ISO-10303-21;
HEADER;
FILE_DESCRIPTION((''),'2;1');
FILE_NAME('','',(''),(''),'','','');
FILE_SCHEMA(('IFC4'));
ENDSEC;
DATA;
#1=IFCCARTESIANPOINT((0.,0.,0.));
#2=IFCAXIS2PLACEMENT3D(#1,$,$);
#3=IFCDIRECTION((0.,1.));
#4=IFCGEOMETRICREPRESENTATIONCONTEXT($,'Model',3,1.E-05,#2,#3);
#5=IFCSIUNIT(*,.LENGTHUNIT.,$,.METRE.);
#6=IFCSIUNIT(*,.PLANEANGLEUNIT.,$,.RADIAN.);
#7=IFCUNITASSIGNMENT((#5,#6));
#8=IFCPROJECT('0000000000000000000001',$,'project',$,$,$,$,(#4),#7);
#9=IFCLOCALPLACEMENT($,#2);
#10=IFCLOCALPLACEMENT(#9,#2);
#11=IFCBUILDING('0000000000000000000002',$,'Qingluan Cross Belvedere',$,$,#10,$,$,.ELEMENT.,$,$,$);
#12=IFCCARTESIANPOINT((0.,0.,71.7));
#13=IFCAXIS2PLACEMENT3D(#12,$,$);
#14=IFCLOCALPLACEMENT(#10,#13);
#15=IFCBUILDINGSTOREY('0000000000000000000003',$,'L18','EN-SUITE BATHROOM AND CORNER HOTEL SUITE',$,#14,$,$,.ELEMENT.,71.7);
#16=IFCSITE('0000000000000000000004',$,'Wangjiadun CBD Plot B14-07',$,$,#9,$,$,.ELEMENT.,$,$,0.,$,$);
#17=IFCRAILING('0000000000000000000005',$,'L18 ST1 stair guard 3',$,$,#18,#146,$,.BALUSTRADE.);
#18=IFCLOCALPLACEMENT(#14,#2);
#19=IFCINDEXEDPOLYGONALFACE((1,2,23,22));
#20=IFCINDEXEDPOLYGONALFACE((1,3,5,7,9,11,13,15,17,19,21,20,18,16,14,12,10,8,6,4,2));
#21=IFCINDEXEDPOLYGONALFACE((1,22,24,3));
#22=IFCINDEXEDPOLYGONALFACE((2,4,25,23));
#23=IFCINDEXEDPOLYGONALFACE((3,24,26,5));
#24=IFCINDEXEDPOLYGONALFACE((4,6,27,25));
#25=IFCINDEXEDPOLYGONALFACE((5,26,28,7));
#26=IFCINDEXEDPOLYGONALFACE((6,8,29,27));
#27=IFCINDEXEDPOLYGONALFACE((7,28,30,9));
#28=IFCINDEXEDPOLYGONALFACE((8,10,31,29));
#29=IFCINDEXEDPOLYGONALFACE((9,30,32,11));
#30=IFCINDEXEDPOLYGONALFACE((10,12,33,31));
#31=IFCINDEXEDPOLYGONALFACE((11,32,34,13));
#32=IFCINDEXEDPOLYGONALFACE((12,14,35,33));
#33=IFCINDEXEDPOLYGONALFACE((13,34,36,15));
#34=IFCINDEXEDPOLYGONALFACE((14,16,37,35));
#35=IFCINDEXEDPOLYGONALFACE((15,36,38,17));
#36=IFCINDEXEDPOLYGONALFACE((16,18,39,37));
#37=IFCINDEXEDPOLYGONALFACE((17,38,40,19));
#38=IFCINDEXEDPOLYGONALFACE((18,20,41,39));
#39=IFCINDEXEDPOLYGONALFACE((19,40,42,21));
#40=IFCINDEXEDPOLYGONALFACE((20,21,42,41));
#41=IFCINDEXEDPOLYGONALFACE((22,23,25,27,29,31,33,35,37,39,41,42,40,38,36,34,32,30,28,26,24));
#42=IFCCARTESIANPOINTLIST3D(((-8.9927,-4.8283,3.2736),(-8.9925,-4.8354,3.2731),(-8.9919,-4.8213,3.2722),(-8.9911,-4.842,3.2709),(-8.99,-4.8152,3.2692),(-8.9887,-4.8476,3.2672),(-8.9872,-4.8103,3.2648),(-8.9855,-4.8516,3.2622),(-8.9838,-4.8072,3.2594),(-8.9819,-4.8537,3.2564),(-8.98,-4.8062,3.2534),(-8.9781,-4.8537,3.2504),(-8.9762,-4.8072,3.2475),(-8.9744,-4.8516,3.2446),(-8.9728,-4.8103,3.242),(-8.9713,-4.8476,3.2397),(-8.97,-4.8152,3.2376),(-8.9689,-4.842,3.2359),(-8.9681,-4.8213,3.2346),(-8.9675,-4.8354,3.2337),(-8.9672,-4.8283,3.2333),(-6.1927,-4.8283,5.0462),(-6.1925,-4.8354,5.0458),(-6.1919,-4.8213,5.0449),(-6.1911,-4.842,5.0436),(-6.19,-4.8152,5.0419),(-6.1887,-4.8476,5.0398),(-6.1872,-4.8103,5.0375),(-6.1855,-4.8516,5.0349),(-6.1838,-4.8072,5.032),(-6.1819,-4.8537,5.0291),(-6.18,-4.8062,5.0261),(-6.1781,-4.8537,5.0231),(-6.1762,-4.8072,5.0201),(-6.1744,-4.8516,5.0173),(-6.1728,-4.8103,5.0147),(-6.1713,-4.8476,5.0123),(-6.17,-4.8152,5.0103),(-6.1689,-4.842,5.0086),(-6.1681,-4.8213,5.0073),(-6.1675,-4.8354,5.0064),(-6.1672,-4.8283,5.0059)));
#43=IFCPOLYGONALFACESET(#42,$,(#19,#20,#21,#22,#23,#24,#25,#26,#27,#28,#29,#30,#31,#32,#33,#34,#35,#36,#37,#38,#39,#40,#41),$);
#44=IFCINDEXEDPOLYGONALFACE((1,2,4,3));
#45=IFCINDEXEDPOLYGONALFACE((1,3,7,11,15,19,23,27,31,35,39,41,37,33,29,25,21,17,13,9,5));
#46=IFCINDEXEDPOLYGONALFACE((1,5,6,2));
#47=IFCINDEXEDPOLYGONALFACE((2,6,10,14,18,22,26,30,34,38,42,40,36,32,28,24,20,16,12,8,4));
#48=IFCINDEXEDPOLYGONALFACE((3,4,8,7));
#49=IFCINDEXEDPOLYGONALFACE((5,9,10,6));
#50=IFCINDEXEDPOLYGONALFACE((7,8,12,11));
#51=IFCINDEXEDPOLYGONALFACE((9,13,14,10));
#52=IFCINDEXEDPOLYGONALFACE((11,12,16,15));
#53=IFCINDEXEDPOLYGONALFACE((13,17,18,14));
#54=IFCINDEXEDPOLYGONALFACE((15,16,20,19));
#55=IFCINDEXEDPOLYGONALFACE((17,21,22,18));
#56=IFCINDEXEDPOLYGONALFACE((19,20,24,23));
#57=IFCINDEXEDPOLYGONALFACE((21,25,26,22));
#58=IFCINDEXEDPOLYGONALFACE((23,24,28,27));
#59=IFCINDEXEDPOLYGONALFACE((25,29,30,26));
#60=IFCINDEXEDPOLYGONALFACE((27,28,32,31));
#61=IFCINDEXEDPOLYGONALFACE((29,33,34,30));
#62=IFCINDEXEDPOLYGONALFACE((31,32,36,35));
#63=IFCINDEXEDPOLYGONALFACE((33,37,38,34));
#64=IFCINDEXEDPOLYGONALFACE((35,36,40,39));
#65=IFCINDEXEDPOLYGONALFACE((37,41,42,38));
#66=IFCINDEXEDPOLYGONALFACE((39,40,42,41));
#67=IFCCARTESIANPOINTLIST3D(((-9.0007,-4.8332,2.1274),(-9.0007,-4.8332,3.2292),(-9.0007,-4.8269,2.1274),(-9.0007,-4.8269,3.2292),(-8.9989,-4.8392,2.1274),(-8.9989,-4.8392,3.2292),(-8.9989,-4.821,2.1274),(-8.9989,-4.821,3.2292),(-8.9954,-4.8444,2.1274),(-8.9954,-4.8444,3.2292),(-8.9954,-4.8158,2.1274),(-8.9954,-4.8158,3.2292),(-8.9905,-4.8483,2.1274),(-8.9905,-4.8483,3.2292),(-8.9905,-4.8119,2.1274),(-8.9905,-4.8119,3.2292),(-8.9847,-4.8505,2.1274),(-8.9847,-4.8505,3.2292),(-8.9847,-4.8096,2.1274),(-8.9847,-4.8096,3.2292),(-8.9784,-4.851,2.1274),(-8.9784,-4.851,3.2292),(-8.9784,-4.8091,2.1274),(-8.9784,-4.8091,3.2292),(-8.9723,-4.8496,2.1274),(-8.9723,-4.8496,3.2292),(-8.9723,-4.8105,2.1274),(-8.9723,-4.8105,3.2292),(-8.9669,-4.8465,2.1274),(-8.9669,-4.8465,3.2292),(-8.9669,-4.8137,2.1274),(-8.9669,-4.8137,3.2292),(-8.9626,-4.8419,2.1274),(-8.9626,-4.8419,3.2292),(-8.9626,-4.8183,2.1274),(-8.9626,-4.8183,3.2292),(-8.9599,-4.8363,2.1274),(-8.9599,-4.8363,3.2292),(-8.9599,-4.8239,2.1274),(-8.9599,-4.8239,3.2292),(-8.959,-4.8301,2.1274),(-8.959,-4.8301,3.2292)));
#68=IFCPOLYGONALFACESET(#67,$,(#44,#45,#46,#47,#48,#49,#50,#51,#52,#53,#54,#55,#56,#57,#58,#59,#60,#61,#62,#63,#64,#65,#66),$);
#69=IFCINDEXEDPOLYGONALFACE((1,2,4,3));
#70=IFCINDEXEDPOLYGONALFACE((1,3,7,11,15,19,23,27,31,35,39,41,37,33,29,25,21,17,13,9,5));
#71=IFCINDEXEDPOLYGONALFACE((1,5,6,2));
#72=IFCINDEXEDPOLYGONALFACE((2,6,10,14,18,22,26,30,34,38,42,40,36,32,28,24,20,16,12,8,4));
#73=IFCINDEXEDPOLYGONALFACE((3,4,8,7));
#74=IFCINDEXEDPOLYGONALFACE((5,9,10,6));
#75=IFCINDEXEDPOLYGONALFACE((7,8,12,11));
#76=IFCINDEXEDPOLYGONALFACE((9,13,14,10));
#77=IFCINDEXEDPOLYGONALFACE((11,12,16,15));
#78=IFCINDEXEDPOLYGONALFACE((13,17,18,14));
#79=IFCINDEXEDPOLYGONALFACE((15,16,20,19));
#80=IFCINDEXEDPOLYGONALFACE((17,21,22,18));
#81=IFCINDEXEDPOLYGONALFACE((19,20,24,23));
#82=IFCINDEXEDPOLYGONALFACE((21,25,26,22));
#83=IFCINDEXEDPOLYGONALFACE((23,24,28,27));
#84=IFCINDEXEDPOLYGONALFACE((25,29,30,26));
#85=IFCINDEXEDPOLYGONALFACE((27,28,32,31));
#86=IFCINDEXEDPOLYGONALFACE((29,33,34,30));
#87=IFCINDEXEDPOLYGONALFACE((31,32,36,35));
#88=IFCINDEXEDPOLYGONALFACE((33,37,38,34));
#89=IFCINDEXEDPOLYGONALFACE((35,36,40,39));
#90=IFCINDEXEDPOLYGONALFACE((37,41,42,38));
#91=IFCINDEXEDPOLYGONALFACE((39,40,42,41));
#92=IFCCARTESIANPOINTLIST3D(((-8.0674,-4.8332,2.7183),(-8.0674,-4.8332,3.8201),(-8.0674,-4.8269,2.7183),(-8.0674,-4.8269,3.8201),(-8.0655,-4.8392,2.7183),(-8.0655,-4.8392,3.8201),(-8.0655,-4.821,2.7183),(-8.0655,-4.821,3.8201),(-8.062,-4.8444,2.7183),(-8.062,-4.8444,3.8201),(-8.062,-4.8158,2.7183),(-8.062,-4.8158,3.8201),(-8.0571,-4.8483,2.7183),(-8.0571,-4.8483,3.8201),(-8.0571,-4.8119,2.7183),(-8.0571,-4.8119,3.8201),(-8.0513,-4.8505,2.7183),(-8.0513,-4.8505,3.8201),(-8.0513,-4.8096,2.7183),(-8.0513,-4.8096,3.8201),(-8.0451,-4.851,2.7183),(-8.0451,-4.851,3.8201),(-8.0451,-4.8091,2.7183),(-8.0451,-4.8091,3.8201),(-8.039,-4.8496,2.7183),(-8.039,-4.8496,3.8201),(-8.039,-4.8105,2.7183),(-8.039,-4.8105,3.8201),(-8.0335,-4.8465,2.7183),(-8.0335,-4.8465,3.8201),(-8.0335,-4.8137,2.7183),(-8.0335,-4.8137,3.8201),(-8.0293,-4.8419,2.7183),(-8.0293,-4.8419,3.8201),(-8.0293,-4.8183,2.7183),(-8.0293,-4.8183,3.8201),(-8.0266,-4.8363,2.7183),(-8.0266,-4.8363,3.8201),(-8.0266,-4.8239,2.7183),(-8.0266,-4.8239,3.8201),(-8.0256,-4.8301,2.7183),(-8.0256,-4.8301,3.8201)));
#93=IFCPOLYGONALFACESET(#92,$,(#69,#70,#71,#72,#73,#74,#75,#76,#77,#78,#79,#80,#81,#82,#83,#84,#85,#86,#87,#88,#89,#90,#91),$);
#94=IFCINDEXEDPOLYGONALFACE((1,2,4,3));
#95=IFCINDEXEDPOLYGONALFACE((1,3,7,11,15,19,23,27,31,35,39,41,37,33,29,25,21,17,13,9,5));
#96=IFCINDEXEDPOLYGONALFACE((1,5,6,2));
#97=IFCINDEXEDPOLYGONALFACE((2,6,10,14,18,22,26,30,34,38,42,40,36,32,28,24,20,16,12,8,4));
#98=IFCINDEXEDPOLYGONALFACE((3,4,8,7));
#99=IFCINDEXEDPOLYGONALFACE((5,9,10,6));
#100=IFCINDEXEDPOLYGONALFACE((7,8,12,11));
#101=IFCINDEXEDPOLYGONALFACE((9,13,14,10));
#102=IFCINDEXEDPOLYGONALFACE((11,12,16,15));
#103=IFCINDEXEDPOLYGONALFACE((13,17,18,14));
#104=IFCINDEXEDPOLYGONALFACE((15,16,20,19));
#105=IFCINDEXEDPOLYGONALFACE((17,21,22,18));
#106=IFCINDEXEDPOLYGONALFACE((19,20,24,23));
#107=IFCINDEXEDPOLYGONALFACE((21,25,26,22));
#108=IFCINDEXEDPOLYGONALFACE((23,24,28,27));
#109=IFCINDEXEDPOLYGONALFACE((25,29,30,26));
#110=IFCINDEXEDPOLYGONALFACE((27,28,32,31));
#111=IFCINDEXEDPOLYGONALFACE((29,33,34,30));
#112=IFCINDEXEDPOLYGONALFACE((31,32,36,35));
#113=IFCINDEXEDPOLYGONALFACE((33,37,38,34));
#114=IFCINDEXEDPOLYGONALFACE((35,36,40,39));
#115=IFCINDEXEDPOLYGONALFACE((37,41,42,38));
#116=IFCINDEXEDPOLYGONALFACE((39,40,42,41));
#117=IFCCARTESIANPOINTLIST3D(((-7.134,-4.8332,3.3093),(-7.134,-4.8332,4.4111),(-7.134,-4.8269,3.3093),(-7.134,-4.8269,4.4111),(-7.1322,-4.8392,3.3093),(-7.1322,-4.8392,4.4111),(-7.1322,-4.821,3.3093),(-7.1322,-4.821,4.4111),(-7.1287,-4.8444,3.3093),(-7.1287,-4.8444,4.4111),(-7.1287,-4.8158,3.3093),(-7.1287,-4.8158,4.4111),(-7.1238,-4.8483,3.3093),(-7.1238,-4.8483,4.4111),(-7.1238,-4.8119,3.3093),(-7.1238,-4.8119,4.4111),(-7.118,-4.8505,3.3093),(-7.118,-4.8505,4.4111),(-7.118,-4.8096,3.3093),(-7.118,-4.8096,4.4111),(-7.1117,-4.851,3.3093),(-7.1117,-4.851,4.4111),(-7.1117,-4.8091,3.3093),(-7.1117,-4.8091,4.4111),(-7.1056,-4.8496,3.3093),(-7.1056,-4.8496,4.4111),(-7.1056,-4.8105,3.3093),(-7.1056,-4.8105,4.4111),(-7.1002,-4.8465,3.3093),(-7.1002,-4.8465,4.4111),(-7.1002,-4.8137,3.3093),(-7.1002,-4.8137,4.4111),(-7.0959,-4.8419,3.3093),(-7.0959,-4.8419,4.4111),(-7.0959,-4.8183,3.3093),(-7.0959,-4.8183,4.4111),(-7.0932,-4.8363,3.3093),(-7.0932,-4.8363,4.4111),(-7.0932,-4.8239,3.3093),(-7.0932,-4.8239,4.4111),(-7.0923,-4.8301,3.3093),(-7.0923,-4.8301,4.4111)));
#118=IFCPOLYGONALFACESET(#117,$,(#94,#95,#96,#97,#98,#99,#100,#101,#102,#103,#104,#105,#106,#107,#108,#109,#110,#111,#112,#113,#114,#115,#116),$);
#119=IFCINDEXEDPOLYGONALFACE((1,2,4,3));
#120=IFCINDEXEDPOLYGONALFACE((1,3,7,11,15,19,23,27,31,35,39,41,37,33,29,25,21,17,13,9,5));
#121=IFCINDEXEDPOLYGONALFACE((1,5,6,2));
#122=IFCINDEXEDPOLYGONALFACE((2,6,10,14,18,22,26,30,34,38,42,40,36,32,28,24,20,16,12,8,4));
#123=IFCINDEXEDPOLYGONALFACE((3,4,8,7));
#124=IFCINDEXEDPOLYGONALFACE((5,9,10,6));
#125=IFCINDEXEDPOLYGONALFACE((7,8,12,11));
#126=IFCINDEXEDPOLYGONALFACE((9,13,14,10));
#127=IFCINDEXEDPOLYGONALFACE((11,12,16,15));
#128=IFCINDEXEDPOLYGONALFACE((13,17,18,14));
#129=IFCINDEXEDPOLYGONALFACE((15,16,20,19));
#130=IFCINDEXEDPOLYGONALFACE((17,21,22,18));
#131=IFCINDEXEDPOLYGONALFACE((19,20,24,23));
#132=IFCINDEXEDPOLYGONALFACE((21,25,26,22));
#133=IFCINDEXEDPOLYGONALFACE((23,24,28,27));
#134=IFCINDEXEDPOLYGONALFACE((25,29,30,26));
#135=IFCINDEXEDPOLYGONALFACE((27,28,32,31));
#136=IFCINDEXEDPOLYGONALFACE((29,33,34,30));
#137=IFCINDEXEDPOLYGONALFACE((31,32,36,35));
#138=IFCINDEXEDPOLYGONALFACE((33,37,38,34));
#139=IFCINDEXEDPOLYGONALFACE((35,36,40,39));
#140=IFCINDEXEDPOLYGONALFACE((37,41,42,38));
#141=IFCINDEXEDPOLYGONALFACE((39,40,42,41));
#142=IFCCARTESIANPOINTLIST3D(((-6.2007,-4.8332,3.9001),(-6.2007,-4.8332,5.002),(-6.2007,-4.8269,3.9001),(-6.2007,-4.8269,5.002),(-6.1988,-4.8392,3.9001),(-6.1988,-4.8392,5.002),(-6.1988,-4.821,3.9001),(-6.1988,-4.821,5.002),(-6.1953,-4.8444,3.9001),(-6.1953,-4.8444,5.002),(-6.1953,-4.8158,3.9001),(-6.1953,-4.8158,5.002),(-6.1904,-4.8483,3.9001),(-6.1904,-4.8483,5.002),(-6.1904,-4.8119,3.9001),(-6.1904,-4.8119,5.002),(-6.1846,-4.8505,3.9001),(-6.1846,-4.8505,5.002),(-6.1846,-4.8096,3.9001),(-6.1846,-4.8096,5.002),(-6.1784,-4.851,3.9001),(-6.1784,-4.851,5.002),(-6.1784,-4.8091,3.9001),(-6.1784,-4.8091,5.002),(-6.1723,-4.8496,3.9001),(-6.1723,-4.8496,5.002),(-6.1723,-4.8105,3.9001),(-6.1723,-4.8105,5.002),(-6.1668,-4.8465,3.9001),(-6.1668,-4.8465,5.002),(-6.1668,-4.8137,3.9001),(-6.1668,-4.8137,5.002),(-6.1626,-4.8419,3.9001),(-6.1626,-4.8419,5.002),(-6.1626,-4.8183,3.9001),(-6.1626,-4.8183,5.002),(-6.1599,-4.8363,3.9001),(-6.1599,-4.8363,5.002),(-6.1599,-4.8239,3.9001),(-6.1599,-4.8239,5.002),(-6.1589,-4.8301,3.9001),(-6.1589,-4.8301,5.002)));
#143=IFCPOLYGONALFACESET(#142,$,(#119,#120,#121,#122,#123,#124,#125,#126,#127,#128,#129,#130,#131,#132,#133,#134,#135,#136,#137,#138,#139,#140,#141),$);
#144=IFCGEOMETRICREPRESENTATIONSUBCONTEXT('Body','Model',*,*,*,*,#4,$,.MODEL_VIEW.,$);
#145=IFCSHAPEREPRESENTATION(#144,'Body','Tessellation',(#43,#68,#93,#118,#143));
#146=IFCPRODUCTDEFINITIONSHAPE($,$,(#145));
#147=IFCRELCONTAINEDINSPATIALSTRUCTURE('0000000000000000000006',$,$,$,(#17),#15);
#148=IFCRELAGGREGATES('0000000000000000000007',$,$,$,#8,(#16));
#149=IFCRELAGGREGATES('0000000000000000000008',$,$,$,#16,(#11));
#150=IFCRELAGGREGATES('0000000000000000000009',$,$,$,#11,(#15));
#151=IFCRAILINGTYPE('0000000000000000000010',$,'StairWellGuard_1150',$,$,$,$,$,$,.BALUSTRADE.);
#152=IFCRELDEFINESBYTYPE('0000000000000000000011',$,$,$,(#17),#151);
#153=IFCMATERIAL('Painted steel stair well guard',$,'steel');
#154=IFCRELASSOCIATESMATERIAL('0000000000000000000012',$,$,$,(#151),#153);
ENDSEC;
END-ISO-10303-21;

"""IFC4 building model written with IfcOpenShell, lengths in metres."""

from ifc_helpers import new_model, si_unit, direction, frame, origin, origin_2d, place, context, subcontext, project, spatial, circle, extrude, material, type_object, element, save


model = new_model("IFC4")

# Units and contexts
model_context = context("Model", 3, precision=1e-05, world=origin(), true_north=direction((0.0, 1.0)))
body_context = subcontext(model_context, "Body", "Model", "MODEL_VIEW")
ifc_project = project(units=[si_unit("LENGTHUNIT", "METRE"), si_unit("PLANEANGLEUNIT", "RADIAN")], contexts=[model_context])

# Site, building, storey
site_placement = place(None, origin())
site = spatial("IfcSite", under=ifc_project, at=site_placement, Name="Wangjiadun CBD Plot B14-07", CompositionType="ELEMENT", RefElevation=0.0)
building_placement = place(site_placement, origin())
building = spatial("IfcBuilding", under=site, at=building_placement, Name="Qingluan Cross Belvedere", CompositionType="ELEMENT")
storey_placement = place(building_placement, frame((0.0, 0.0, 71.7)))
storey = spatial("IfcBuildingStorey", under=building, at=storey_placement, Name="L18", Description="EN-SUITE BATHROOM AND CORNER HOTEL SUITE", CompositionType="ELEMENT", Elevation=71.7)

# Railing
ifc_material_1 = material(Name="Painted steel stair well guard", Category="steel")
railing_type_1 = type_object("IfcRailingType", Name="StairWellGuard_1150", PredefinedType="BALUSTRADE", material=ifc_material_1)
railing_1_placement = place(storey_placement, frame((-8.98, -4.8301, 2.1274)))
element("IfcRailing", 1, at=railing_1_placement, inside=storey, type_object=railing_type_1, Name="L18 ST1 stair guard 3", PredefinedType="BALUSTRADE", context=body_context, shape_type="SweptSolid", body=[
    extrude(circle(Radius=0.0239, at=origin_2d()), frame((0.0, 0.0, 1.126), z_axis=(0.844909, 0.0, 0.53491), x_axis=(0.0, 1.0, 0.0)), (0.0, 0.0, 1.0), 3.314),
    extrude(circle(Radius=0.021, at=origin_2d()), origin(), (0.0, 0.0, 1.0), 1.1018),
    extrude(circle(Radius=0.021, at=origin_2d()), frame((0.9333, 0.0, 0.5908)), (0.0, 0.0, 1.0), 1.1018),
    extrude(circle(Radius=0.021, at=origin_2d()), frame((1.8667, 0.0, 1.1819)), (0.0, 0.0, 1.0), 1.1018),
    extrude(circle(Radius=0.021, at=origin_2d()), frame((2.8, 0.0, 1.7727)), (0.0, 0.0, 1.0), 1.1018),
])

save(model, "model.ifc")
